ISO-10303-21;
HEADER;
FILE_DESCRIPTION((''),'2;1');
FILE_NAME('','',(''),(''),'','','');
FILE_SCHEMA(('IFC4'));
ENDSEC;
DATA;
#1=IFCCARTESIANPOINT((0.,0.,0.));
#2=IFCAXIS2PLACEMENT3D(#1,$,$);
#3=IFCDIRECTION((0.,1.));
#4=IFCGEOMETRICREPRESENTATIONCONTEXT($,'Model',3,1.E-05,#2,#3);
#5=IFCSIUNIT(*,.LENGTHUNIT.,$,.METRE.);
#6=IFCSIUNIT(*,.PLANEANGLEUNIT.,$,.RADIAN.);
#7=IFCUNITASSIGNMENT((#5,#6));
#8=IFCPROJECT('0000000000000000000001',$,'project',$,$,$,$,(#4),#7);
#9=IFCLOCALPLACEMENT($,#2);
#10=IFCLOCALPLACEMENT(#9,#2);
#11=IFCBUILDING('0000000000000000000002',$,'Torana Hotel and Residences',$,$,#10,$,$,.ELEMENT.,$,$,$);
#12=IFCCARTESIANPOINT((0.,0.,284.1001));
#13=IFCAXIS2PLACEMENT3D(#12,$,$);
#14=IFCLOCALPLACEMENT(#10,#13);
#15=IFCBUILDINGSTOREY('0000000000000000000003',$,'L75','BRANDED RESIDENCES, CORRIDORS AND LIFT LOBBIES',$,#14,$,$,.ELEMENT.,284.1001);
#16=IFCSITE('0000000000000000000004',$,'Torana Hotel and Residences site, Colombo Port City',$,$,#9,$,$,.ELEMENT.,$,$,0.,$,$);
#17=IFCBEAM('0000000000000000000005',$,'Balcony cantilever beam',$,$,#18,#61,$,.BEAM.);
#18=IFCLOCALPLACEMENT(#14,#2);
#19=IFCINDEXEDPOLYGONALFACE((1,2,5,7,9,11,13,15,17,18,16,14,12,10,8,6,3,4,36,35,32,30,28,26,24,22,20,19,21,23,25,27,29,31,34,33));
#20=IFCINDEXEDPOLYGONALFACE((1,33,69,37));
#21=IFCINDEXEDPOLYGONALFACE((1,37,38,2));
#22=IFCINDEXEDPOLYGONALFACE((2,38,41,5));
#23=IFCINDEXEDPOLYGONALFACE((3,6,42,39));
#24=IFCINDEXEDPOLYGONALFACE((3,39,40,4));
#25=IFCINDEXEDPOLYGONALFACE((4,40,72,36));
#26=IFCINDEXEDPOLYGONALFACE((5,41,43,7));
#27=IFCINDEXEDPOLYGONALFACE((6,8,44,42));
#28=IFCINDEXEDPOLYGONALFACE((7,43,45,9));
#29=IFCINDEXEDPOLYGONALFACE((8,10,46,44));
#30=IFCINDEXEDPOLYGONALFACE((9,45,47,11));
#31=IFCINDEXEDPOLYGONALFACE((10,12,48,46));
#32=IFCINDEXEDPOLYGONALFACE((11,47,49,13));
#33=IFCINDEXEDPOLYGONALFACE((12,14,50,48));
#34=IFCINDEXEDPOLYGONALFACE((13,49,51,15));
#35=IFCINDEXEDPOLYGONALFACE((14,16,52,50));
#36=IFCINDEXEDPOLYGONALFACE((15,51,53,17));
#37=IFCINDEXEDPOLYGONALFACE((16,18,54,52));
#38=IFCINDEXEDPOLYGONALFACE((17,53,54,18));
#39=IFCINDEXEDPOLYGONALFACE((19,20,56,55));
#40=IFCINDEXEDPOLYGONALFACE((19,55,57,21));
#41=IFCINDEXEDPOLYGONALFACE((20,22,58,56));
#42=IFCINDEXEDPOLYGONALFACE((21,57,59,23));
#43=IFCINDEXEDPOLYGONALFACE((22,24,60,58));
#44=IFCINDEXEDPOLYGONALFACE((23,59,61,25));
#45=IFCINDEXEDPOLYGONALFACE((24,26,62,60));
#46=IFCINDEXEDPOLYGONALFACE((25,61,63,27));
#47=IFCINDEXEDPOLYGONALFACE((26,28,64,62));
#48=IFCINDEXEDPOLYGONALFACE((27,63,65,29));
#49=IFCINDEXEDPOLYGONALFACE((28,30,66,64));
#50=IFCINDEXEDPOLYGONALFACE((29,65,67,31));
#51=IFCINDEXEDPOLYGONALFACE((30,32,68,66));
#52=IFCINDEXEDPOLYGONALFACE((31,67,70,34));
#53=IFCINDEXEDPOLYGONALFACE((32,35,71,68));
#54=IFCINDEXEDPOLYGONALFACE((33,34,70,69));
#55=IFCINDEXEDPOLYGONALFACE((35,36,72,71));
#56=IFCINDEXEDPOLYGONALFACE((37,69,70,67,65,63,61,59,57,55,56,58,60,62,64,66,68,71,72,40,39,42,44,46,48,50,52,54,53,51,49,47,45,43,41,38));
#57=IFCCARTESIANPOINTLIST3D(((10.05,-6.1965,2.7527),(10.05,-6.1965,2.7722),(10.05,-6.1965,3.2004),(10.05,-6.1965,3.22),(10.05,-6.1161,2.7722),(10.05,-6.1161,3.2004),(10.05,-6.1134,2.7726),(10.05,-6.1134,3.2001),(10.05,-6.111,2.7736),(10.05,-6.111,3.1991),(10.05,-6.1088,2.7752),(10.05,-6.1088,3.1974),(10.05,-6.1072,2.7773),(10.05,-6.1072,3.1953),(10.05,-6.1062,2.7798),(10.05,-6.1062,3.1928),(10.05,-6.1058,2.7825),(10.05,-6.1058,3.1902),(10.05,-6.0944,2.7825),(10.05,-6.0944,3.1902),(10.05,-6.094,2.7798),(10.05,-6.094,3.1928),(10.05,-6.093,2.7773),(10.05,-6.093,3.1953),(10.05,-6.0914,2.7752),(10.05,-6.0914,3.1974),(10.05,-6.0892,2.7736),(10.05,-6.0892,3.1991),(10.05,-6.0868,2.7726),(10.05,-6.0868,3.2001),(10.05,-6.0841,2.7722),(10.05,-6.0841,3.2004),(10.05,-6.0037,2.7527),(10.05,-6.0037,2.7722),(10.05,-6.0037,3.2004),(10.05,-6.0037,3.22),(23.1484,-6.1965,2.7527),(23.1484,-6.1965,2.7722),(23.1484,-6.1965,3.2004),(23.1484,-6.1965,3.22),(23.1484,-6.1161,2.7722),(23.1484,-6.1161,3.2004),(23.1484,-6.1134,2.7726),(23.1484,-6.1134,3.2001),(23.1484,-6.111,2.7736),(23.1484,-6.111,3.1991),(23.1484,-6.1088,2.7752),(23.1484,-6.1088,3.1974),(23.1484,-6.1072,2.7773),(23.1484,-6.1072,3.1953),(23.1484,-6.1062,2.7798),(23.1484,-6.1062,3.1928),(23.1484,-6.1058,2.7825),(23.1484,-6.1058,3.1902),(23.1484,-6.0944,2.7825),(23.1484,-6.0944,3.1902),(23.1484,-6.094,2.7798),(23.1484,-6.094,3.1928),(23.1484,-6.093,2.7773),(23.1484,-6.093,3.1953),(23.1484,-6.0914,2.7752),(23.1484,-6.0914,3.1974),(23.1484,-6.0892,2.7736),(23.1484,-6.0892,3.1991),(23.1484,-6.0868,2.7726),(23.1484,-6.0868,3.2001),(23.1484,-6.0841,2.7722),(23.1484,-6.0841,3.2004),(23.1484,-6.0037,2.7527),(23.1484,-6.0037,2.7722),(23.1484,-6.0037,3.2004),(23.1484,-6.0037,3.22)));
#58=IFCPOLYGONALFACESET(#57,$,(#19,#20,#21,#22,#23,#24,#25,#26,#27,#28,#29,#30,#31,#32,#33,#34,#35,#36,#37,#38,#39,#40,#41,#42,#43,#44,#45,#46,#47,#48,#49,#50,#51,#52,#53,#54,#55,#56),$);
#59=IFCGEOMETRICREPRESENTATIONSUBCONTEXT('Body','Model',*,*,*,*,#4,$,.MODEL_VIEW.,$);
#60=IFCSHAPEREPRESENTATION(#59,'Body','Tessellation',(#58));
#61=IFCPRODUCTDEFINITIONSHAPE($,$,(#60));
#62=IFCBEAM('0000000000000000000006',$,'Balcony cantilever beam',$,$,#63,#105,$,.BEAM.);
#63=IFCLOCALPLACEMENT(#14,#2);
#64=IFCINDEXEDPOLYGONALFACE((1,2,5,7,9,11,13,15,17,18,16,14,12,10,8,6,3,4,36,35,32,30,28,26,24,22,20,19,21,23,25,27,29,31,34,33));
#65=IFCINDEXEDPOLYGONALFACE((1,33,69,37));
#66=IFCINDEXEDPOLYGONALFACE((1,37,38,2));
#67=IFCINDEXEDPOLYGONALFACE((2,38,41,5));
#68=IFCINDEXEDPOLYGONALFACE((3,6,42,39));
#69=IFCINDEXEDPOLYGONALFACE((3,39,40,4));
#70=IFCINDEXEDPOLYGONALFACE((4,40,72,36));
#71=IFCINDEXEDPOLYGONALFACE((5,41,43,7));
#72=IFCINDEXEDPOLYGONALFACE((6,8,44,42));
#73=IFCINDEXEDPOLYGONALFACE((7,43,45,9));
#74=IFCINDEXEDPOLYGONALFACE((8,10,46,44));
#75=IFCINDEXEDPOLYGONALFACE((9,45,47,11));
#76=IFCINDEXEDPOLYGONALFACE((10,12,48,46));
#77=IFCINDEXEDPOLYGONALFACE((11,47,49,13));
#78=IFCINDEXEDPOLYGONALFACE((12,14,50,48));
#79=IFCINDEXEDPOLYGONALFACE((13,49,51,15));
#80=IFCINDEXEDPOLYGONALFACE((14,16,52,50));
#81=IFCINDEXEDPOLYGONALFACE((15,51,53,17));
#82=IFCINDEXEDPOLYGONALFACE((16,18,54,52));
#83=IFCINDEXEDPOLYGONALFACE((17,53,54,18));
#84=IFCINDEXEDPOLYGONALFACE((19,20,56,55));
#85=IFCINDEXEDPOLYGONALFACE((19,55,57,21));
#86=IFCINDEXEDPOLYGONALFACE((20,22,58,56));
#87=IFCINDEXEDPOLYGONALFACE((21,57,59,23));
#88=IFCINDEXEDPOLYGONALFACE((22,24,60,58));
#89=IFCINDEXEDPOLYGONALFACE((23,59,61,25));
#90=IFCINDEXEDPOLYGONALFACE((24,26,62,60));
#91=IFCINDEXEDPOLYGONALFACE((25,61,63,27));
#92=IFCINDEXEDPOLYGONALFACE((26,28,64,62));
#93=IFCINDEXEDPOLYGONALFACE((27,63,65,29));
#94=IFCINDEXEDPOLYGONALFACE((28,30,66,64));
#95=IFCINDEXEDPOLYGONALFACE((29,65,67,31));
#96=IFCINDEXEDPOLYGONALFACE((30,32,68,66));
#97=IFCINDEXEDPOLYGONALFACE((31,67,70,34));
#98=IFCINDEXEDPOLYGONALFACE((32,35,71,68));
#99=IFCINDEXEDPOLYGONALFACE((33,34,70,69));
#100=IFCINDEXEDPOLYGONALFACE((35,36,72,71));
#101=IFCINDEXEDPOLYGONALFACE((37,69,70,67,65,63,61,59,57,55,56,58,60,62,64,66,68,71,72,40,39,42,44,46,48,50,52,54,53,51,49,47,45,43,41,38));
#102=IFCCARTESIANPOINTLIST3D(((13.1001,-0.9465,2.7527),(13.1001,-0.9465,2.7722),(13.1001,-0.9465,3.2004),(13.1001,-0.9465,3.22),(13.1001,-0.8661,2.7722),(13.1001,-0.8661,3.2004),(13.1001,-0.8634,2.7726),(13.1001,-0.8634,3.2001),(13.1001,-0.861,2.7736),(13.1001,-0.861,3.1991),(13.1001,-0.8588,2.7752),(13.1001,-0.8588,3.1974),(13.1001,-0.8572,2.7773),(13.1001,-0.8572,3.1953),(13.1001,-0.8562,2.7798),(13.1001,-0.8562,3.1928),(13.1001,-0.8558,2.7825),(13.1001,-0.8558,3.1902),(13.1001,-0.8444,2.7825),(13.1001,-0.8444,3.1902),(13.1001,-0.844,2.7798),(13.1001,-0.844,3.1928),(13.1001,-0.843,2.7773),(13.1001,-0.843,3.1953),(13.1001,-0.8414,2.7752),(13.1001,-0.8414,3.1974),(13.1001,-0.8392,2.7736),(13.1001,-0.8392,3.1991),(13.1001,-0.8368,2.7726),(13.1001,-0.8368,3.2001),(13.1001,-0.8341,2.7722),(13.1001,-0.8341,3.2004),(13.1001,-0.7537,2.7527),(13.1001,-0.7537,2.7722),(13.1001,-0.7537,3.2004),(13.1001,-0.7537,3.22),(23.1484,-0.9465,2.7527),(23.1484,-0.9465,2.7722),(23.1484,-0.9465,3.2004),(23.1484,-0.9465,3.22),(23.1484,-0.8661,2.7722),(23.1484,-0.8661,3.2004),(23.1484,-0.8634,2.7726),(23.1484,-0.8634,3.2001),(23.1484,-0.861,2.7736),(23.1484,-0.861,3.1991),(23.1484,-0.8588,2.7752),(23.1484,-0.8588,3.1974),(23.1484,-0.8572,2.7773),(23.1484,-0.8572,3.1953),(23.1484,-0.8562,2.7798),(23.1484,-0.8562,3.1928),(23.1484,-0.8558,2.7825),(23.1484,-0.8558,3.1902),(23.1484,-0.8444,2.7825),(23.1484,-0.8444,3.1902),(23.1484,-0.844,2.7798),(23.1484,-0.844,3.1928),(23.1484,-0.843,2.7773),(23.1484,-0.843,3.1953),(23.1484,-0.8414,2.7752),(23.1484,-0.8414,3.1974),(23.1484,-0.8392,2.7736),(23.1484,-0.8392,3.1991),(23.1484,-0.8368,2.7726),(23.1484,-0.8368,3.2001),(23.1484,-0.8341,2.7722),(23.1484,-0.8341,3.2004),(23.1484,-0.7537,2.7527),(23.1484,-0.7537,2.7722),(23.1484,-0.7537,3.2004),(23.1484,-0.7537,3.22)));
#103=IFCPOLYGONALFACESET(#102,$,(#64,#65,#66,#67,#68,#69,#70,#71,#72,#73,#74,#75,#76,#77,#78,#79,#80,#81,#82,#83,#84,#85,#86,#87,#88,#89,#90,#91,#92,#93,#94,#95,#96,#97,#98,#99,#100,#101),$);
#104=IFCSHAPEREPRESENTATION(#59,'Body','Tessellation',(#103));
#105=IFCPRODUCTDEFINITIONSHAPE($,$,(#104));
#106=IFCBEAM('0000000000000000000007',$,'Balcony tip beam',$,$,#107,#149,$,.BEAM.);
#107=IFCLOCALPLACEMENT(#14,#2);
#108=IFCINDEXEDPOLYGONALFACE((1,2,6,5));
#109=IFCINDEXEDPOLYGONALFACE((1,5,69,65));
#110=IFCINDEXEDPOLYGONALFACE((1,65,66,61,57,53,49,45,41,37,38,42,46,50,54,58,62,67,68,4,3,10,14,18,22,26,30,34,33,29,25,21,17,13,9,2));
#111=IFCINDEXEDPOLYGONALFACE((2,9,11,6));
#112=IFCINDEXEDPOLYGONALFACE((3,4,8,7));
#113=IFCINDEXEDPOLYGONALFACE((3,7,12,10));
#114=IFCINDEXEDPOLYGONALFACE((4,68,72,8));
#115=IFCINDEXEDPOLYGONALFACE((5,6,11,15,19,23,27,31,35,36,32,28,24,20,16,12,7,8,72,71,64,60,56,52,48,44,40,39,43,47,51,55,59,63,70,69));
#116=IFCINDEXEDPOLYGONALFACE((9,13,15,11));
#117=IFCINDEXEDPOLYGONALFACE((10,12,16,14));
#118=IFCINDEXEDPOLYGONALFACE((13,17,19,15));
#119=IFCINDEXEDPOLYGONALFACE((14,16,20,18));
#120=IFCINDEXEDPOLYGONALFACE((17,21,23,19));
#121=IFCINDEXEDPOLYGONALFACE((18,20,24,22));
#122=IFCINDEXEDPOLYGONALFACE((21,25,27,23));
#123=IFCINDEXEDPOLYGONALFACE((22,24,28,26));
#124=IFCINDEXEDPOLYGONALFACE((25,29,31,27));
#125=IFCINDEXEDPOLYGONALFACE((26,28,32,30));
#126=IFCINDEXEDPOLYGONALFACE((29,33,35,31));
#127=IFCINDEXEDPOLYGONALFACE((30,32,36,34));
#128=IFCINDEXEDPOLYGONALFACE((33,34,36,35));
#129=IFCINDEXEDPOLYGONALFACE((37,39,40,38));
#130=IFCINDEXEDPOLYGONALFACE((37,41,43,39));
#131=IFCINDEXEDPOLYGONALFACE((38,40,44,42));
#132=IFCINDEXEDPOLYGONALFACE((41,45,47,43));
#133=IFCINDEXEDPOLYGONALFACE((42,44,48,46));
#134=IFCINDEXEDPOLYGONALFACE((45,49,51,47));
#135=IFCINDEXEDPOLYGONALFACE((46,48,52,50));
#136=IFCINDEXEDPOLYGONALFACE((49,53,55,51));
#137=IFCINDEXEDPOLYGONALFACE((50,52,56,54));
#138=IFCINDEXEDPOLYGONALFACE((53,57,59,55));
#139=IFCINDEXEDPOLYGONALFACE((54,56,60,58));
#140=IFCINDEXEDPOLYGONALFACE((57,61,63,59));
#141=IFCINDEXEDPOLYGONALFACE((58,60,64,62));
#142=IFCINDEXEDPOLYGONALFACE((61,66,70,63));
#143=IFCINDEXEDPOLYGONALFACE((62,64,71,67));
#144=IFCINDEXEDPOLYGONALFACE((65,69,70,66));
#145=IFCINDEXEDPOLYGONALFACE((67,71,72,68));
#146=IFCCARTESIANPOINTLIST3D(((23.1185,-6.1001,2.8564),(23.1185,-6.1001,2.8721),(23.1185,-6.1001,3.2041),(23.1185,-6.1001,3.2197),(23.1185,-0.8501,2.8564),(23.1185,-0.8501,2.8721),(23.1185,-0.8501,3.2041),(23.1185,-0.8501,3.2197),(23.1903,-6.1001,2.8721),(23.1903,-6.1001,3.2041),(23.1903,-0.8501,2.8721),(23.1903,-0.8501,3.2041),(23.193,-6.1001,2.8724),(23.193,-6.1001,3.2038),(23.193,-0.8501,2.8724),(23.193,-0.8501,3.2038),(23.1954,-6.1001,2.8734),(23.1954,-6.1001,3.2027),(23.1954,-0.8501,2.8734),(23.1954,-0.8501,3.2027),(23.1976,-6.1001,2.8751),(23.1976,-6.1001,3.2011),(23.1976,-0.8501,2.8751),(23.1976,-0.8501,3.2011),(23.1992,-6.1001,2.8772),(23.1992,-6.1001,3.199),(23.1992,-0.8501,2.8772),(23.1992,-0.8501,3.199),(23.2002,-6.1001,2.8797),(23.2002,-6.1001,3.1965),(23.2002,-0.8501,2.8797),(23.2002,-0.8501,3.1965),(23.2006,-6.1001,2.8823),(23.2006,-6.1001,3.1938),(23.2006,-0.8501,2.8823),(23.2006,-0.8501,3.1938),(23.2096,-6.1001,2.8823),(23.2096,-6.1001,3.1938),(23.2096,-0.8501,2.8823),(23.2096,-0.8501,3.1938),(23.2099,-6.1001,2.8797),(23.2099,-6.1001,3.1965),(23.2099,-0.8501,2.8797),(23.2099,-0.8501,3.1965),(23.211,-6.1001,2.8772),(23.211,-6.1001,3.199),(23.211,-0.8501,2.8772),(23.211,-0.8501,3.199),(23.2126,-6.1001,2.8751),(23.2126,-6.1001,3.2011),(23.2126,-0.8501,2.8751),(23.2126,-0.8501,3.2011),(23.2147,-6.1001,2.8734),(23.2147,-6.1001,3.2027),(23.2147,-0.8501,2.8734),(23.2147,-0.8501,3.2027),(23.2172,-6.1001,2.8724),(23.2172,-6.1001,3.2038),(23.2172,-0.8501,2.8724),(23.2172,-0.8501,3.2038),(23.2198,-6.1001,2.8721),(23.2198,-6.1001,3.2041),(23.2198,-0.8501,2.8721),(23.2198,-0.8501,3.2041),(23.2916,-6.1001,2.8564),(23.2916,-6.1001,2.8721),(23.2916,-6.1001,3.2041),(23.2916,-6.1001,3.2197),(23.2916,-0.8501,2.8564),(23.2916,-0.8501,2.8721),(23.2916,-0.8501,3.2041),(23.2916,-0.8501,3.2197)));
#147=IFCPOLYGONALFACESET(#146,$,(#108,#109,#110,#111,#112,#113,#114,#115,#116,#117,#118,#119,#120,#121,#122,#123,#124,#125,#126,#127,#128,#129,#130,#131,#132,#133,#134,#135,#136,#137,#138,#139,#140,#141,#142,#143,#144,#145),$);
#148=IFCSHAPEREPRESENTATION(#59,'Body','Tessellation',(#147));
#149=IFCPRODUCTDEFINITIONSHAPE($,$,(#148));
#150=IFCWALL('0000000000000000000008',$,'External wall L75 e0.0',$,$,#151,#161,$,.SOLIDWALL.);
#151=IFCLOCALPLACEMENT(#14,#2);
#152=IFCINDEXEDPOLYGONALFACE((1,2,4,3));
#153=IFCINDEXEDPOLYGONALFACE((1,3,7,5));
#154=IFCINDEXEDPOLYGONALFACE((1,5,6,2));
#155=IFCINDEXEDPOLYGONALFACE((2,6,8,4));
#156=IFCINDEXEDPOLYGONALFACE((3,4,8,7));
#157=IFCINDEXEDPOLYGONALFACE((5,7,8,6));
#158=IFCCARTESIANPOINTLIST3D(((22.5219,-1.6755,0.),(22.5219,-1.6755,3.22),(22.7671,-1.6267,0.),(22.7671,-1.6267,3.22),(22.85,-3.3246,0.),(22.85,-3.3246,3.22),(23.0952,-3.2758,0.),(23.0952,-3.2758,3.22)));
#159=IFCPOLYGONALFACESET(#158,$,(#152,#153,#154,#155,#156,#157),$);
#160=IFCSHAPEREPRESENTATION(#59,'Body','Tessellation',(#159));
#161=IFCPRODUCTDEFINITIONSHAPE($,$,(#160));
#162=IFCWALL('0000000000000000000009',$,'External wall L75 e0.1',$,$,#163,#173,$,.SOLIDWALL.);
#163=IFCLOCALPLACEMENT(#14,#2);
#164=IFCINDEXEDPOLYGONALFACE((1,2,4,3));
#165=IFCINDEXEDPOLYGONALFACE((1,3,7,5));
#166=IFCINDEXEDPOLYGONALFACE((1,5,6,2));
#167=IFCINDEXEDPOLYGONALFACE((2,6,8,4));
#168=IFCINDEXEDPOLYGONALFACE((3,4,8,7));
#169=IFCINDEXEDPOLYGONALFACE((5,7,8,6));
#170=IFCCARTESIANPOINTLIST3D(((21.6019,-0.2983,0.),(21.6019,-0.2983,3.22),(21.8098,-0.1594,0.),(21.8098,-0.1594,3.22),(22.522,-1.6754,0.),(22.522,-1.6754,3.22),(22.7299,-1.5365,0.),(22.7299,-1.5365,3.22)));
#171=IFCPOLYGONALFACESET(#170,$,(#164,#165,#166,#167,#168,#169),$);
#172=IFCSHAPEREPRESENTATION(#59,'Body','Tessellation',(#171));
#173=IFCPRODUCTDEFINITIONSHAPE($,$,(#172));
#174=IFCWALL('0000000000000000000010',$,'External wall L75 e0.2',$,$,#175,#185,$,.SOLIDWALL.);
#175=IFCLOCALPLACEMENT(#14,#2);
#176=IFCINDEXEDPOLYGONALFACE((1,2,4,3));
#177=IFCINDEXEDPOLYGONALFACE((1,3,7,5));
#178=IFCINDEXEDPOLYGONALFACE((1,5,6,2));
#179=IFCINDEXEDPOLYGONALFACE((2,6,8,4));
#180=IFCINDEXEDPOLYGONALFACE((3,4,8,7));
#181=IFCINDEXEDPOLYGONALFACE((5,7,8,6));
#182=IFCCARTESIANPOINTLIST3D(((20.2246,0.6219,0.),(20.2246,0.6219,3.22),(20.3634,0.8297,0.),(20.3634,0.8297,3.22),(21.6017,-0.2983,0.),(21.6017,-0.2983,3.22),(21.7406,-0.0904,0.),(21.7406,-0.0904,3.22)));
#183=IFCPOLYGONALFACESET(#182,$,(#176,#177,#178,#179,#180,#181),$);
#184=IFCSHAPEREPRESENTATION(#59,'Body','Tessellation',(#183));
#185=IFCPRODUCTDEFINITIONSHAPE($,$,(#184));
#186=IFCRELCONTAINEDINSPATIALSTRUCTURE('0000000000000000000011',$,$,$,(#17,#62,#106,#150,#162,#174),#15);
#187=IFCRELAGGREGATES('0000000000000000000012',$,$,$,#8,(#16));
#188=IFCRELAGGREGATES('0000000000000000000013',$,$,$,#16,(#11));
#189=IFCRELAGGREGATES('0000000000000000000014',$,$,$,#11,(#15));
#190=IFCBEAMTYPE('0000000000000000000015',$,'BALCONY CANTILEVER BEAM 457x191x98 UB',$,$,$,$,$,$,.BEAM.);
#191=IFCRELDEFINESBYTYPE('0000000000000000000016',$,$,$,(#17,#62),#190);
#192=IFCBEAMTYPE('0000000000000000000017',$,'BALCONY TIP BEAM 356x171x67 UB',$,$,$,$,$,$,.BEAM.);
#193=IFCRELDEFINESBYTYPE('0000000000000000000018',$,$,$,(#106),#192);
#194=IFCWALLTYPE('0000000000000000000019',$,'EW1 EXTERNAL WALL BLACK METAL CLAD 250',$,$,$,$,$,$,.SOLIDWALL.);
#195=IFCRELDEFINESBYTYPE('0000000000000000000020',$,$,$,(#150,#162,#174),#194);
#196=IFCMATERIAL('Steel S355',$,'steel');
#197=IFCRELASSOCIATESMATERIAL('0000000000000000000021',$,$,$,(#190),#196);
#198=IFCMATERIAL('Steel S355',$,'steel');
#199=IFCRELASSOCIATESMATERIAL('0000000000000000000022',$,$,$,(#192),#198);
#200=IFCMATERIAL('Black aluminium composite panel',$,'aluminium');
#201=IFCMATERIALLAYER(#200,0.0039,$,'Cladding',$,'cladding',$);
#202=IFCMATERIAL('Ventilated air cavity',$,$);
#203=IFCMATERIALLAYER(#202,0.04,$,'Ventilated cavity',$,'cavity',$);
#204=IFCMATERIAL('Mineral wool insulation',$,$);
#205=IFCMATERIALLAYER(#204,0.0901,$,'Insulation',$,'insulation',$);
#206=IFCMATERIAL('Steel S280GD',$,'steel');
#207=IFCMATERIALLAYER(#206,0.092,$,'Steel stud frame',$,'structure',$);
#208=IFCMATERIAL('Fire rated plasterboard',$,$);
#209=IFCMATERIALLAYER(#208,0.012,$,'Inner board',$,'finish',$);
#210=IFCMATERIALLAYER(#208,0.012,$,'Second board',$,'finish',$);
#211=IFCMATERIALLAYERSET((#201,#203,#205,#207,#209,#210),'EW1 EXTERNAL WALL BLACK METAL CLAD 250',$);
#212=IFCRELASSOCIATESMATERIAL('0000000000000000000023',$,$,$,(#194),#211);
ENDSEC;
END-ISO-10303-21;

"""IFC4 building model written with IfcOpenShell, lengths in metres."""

from ifc_helpers import new_model, si_unit, direction, frame, frame_2d, origin, origin_2d, place, context, subcontext, project, spatial, rectangle, i_section, extrude, material, layer, layer_set, material_profile, profile_set, type_object, element, save


model = new_model("IFC4")

# Units and contexts
model_context = context("Model", 3, precision=1e-05, world=origin(), true_north=direction((0.0, 1.0)))
body_context = subcontext(model_context, "Body", "Model", "MODEL_VIEW")
ifc_project = project(units=[si_unit("LENGTHUNIT", "METRE"), si_unit("PLANEANGLEUNIT", "RADIAN")], contexts=[model_context])

# Site, building, storey
site_placement = place(None, origin())
site = spatial("IfcSite", under=ifc_project, at=site_placement, Name="Torana Hotel and Residences site, Colombo Port City", CompositionType="ELEMENT", RefElevation=0.0)
building_placement = place(site_placement, origin())
building = spatial("IfcBuilding", under=site, at=building_placement, Name="Torana Hotel and Residences", CompositionType="ELEMENT")
storey_placement = place(building_placement, frame((0.0, 0.0, 284.1001)))
storey = spatial("IfcBuildingStorey", under=building, at=storey_placement, Name="L75", Description="BRANDED RESIDENCES, CORRIDORS AND LIFT LOBBIES", CompositionType="ELEMENT", Elevation=284.1001)

# Beams
ifc_material_1 = material(Name="Steel S355", Category="steel")
ifc_material_profile_1 = material_profile(ifc_material_1, i_section(OverallWidth=0.1929, OverallDepth=0.4673, WebThickness=0.0115, FlangeThickness=0.0195, FilletRadius=0.0103, at=origin_2d()), Name="457x191x98 UB")
ifc_profile_set_1 = profile_set([ifc_material_profile_1], Name="Steel S355")
beam_type_1 = type_object("IfcBeamType", Name="BALCONY CANTILEVER BEAM 457x191x98 UB", PredefinedType="BEAM", material=ifc_profile_set_1)
beam_1_placement = place(storey_placement, frame((23.1484, -6.1001, 2.9863), z_axis=(-1.0, 0.0, 0.0), x_axis=(0.0, -1.0, 0.0)))
element("IfcBeam", 1, at=beam_1_placement, inside=storey, type_object=beam_type_1, Name="Balcony cantilever beam", PredefinedType="BEAM", context=body_context, shape_type="SweptSolid", body=[
    extrude(i_section(OverallWidth=0.1929, OverallDepth=0.4673, WebThickness=0.0115, FlangeThickness=0.0195, FilletRadius=0.0103, at=origin_2d()), origin(), (0.0, 0.0, 1.0), 13.0984),
])
beam_2_placement = place(storey_placement, frame((23.1484, -0.8501, 2.9863), z_axis=(-1.0, 0.0, 0.0), x_axis=(0.0, -1.0, 0.0)))
element("IfcBeam", 2, at=beam_2_placement, inside=storey, type_object=beam_type_1, Name="Balcony cantilever beam", PredefinedType="BEAM", context=body_context, shape_type="SweptSolid", body=[
    extrude(i_section(OverallWidth=0.1929, OverallDepth=0.4673, WebThickness=0.0115, FlangeThickness=0.0195, FilletRadius=0.0103, at=origin_2d()), origin(), (0.0, 0.0, 1.0), 10.0483),
])
ifc_material_2 = material(Name="Steel S355", Category="steel")
ifc_material_profile_2 = material_profile(ifc_material_2, i_section(OverallWidth=0.1731, OverallDepth=0.3633, WebThickness=0.009, FlangeThickness=0.0156, FilletRadius=0.0103, at=origin_2d()), Name="356x171x67 UB")
ifc_profile_set_2 = profile_set([ifc_material_profile_2], Name="Steel S355")
beam_type_2 = type_object("IfcBeamType", Name="BALCONY TIP BEAM 356x171x67 UB", PredefinedType="BEAM", material=ifc_profile_set_2)
beam_3_placement = place(storey_placement, frame((23.2051, -6.1001, 3.0381), z_axis=(0.0, 1.0, 0.0), x_axis=(-1.0, 0.0, 0.0)))
element("IfcBeam", 3, at=beam_3_placement, inside=storey, type_object=beam_type_2, Name="Balcony tip beam", PredefinedType="BEAM", context=body_context, shape_type="SweptSolid", body=[
    extrude(i_section(OverallWidth=0.1731, OverallDepth=0.3633, WebThickness=0.009, FlangeThickness=0.0156, FilletRadius=0.0103, at=origin_2d()), origin(), (0.0, 0.0, 1.0), 5.25),
])

# Walls
ifc_material_3 = material(Name="Black aluminium composite panel", Category="aluminium")
ifc_layer_1 = layer(ifc_material_3, 0.0039, Name="Cladding", Category="cladding")
ifc_material_4 = material(Name="Ventilated air cavity")
ifc_layer_2 = layer(ifc_material_4, 0.04, Name="Ventilated cavity", Category="cavity")
ifc_material_5 = material(Name="Mineral wool insulation")
ifc_layer_3 = layer(ifc_material_5, 0.0901, Name="Insulation", Category="insulation")
ifc_material_6 = material(Name="Steel S280GD", Category="steel")
ifc_layer_4 = layer(ifc_material_6, 0.092, Name="Steel stud frame", Category="structure")
ifc_material_7 = material(Name="Fire rated plasterboard")
ifc_layer_5 = layer(ifc_material_7, 0.012, Name="Inner board", Category="finish")
ifc_layer_6 = layer(ifc_material_7, 0.012, Name="Second board", Category="finish")
ifc_layer_set_1 = layer_set([ifc_layer_1, ifc_layer_2, ifc_layer_3, ifc_layer_4, ifc_layer_5, ifc_layer_6], Name="EW1 EXTERNAL WALL BLACK METAL CLAD 250")
wall_type_1 = type_object("IfcWallType", Name="EW1 EXTERNAL WALL BLACK METAL CLAD 250", PredefinedType="SOLIDWALL", material=ifc_layer_set_1)
wall_1_placement = place(storey_placement, frame((22.9727, -3.3003, 0.0), z_axis=(0.0, 0.0, 1.0), x_axis=(-0.195139, 0.980776, 0.0)))
element("IfcWall", 4, at=wall_1_placement, inside=storey, type_object=wall_type_1, Name="External wall L75 e0.0", PredefinedType="SOLIDWALL", context=body_context, shape_type="SweptSolid", body=[
    extrude(rectangle(XDim=1.6814, YDim=0.25, at=frame_2d((0.8408, 0.0))), origin(), (0.0, 0.0, 1.0), 3.22),
])
for number, where, z_axis, x_axis, name in (
    (5, (22.626, -1.606, 0.0), (0.0, 0.0, 1.0), (-0.55555, 0.831483, 0.0), "External wall L75 e0.1"),
    (6, (21.6711, -0.1943, 0.0), (0.0, 0.0, 1.0), (-0.831483, 0.55555, 0.0), "External wall L75 e0.2"),
):
    element("IfcWall", number, at=place(storey_placement, frame(where, z_axis=z_axis, x_axis=x_axis)), inside=storey, type_object=wall_type_1, Name=name, PredefinedType="SOLIDWALL", context=body_context, shape_type="SweptSolid", body=[
        extrude(rectangle(XDim=1.6562, YDim=0.25, at=frame_2d((0.8281, 0.0))), origin(), (0.0, 0.0, 1.0), 3.22),
    ])

save(model, "model.ifc")
